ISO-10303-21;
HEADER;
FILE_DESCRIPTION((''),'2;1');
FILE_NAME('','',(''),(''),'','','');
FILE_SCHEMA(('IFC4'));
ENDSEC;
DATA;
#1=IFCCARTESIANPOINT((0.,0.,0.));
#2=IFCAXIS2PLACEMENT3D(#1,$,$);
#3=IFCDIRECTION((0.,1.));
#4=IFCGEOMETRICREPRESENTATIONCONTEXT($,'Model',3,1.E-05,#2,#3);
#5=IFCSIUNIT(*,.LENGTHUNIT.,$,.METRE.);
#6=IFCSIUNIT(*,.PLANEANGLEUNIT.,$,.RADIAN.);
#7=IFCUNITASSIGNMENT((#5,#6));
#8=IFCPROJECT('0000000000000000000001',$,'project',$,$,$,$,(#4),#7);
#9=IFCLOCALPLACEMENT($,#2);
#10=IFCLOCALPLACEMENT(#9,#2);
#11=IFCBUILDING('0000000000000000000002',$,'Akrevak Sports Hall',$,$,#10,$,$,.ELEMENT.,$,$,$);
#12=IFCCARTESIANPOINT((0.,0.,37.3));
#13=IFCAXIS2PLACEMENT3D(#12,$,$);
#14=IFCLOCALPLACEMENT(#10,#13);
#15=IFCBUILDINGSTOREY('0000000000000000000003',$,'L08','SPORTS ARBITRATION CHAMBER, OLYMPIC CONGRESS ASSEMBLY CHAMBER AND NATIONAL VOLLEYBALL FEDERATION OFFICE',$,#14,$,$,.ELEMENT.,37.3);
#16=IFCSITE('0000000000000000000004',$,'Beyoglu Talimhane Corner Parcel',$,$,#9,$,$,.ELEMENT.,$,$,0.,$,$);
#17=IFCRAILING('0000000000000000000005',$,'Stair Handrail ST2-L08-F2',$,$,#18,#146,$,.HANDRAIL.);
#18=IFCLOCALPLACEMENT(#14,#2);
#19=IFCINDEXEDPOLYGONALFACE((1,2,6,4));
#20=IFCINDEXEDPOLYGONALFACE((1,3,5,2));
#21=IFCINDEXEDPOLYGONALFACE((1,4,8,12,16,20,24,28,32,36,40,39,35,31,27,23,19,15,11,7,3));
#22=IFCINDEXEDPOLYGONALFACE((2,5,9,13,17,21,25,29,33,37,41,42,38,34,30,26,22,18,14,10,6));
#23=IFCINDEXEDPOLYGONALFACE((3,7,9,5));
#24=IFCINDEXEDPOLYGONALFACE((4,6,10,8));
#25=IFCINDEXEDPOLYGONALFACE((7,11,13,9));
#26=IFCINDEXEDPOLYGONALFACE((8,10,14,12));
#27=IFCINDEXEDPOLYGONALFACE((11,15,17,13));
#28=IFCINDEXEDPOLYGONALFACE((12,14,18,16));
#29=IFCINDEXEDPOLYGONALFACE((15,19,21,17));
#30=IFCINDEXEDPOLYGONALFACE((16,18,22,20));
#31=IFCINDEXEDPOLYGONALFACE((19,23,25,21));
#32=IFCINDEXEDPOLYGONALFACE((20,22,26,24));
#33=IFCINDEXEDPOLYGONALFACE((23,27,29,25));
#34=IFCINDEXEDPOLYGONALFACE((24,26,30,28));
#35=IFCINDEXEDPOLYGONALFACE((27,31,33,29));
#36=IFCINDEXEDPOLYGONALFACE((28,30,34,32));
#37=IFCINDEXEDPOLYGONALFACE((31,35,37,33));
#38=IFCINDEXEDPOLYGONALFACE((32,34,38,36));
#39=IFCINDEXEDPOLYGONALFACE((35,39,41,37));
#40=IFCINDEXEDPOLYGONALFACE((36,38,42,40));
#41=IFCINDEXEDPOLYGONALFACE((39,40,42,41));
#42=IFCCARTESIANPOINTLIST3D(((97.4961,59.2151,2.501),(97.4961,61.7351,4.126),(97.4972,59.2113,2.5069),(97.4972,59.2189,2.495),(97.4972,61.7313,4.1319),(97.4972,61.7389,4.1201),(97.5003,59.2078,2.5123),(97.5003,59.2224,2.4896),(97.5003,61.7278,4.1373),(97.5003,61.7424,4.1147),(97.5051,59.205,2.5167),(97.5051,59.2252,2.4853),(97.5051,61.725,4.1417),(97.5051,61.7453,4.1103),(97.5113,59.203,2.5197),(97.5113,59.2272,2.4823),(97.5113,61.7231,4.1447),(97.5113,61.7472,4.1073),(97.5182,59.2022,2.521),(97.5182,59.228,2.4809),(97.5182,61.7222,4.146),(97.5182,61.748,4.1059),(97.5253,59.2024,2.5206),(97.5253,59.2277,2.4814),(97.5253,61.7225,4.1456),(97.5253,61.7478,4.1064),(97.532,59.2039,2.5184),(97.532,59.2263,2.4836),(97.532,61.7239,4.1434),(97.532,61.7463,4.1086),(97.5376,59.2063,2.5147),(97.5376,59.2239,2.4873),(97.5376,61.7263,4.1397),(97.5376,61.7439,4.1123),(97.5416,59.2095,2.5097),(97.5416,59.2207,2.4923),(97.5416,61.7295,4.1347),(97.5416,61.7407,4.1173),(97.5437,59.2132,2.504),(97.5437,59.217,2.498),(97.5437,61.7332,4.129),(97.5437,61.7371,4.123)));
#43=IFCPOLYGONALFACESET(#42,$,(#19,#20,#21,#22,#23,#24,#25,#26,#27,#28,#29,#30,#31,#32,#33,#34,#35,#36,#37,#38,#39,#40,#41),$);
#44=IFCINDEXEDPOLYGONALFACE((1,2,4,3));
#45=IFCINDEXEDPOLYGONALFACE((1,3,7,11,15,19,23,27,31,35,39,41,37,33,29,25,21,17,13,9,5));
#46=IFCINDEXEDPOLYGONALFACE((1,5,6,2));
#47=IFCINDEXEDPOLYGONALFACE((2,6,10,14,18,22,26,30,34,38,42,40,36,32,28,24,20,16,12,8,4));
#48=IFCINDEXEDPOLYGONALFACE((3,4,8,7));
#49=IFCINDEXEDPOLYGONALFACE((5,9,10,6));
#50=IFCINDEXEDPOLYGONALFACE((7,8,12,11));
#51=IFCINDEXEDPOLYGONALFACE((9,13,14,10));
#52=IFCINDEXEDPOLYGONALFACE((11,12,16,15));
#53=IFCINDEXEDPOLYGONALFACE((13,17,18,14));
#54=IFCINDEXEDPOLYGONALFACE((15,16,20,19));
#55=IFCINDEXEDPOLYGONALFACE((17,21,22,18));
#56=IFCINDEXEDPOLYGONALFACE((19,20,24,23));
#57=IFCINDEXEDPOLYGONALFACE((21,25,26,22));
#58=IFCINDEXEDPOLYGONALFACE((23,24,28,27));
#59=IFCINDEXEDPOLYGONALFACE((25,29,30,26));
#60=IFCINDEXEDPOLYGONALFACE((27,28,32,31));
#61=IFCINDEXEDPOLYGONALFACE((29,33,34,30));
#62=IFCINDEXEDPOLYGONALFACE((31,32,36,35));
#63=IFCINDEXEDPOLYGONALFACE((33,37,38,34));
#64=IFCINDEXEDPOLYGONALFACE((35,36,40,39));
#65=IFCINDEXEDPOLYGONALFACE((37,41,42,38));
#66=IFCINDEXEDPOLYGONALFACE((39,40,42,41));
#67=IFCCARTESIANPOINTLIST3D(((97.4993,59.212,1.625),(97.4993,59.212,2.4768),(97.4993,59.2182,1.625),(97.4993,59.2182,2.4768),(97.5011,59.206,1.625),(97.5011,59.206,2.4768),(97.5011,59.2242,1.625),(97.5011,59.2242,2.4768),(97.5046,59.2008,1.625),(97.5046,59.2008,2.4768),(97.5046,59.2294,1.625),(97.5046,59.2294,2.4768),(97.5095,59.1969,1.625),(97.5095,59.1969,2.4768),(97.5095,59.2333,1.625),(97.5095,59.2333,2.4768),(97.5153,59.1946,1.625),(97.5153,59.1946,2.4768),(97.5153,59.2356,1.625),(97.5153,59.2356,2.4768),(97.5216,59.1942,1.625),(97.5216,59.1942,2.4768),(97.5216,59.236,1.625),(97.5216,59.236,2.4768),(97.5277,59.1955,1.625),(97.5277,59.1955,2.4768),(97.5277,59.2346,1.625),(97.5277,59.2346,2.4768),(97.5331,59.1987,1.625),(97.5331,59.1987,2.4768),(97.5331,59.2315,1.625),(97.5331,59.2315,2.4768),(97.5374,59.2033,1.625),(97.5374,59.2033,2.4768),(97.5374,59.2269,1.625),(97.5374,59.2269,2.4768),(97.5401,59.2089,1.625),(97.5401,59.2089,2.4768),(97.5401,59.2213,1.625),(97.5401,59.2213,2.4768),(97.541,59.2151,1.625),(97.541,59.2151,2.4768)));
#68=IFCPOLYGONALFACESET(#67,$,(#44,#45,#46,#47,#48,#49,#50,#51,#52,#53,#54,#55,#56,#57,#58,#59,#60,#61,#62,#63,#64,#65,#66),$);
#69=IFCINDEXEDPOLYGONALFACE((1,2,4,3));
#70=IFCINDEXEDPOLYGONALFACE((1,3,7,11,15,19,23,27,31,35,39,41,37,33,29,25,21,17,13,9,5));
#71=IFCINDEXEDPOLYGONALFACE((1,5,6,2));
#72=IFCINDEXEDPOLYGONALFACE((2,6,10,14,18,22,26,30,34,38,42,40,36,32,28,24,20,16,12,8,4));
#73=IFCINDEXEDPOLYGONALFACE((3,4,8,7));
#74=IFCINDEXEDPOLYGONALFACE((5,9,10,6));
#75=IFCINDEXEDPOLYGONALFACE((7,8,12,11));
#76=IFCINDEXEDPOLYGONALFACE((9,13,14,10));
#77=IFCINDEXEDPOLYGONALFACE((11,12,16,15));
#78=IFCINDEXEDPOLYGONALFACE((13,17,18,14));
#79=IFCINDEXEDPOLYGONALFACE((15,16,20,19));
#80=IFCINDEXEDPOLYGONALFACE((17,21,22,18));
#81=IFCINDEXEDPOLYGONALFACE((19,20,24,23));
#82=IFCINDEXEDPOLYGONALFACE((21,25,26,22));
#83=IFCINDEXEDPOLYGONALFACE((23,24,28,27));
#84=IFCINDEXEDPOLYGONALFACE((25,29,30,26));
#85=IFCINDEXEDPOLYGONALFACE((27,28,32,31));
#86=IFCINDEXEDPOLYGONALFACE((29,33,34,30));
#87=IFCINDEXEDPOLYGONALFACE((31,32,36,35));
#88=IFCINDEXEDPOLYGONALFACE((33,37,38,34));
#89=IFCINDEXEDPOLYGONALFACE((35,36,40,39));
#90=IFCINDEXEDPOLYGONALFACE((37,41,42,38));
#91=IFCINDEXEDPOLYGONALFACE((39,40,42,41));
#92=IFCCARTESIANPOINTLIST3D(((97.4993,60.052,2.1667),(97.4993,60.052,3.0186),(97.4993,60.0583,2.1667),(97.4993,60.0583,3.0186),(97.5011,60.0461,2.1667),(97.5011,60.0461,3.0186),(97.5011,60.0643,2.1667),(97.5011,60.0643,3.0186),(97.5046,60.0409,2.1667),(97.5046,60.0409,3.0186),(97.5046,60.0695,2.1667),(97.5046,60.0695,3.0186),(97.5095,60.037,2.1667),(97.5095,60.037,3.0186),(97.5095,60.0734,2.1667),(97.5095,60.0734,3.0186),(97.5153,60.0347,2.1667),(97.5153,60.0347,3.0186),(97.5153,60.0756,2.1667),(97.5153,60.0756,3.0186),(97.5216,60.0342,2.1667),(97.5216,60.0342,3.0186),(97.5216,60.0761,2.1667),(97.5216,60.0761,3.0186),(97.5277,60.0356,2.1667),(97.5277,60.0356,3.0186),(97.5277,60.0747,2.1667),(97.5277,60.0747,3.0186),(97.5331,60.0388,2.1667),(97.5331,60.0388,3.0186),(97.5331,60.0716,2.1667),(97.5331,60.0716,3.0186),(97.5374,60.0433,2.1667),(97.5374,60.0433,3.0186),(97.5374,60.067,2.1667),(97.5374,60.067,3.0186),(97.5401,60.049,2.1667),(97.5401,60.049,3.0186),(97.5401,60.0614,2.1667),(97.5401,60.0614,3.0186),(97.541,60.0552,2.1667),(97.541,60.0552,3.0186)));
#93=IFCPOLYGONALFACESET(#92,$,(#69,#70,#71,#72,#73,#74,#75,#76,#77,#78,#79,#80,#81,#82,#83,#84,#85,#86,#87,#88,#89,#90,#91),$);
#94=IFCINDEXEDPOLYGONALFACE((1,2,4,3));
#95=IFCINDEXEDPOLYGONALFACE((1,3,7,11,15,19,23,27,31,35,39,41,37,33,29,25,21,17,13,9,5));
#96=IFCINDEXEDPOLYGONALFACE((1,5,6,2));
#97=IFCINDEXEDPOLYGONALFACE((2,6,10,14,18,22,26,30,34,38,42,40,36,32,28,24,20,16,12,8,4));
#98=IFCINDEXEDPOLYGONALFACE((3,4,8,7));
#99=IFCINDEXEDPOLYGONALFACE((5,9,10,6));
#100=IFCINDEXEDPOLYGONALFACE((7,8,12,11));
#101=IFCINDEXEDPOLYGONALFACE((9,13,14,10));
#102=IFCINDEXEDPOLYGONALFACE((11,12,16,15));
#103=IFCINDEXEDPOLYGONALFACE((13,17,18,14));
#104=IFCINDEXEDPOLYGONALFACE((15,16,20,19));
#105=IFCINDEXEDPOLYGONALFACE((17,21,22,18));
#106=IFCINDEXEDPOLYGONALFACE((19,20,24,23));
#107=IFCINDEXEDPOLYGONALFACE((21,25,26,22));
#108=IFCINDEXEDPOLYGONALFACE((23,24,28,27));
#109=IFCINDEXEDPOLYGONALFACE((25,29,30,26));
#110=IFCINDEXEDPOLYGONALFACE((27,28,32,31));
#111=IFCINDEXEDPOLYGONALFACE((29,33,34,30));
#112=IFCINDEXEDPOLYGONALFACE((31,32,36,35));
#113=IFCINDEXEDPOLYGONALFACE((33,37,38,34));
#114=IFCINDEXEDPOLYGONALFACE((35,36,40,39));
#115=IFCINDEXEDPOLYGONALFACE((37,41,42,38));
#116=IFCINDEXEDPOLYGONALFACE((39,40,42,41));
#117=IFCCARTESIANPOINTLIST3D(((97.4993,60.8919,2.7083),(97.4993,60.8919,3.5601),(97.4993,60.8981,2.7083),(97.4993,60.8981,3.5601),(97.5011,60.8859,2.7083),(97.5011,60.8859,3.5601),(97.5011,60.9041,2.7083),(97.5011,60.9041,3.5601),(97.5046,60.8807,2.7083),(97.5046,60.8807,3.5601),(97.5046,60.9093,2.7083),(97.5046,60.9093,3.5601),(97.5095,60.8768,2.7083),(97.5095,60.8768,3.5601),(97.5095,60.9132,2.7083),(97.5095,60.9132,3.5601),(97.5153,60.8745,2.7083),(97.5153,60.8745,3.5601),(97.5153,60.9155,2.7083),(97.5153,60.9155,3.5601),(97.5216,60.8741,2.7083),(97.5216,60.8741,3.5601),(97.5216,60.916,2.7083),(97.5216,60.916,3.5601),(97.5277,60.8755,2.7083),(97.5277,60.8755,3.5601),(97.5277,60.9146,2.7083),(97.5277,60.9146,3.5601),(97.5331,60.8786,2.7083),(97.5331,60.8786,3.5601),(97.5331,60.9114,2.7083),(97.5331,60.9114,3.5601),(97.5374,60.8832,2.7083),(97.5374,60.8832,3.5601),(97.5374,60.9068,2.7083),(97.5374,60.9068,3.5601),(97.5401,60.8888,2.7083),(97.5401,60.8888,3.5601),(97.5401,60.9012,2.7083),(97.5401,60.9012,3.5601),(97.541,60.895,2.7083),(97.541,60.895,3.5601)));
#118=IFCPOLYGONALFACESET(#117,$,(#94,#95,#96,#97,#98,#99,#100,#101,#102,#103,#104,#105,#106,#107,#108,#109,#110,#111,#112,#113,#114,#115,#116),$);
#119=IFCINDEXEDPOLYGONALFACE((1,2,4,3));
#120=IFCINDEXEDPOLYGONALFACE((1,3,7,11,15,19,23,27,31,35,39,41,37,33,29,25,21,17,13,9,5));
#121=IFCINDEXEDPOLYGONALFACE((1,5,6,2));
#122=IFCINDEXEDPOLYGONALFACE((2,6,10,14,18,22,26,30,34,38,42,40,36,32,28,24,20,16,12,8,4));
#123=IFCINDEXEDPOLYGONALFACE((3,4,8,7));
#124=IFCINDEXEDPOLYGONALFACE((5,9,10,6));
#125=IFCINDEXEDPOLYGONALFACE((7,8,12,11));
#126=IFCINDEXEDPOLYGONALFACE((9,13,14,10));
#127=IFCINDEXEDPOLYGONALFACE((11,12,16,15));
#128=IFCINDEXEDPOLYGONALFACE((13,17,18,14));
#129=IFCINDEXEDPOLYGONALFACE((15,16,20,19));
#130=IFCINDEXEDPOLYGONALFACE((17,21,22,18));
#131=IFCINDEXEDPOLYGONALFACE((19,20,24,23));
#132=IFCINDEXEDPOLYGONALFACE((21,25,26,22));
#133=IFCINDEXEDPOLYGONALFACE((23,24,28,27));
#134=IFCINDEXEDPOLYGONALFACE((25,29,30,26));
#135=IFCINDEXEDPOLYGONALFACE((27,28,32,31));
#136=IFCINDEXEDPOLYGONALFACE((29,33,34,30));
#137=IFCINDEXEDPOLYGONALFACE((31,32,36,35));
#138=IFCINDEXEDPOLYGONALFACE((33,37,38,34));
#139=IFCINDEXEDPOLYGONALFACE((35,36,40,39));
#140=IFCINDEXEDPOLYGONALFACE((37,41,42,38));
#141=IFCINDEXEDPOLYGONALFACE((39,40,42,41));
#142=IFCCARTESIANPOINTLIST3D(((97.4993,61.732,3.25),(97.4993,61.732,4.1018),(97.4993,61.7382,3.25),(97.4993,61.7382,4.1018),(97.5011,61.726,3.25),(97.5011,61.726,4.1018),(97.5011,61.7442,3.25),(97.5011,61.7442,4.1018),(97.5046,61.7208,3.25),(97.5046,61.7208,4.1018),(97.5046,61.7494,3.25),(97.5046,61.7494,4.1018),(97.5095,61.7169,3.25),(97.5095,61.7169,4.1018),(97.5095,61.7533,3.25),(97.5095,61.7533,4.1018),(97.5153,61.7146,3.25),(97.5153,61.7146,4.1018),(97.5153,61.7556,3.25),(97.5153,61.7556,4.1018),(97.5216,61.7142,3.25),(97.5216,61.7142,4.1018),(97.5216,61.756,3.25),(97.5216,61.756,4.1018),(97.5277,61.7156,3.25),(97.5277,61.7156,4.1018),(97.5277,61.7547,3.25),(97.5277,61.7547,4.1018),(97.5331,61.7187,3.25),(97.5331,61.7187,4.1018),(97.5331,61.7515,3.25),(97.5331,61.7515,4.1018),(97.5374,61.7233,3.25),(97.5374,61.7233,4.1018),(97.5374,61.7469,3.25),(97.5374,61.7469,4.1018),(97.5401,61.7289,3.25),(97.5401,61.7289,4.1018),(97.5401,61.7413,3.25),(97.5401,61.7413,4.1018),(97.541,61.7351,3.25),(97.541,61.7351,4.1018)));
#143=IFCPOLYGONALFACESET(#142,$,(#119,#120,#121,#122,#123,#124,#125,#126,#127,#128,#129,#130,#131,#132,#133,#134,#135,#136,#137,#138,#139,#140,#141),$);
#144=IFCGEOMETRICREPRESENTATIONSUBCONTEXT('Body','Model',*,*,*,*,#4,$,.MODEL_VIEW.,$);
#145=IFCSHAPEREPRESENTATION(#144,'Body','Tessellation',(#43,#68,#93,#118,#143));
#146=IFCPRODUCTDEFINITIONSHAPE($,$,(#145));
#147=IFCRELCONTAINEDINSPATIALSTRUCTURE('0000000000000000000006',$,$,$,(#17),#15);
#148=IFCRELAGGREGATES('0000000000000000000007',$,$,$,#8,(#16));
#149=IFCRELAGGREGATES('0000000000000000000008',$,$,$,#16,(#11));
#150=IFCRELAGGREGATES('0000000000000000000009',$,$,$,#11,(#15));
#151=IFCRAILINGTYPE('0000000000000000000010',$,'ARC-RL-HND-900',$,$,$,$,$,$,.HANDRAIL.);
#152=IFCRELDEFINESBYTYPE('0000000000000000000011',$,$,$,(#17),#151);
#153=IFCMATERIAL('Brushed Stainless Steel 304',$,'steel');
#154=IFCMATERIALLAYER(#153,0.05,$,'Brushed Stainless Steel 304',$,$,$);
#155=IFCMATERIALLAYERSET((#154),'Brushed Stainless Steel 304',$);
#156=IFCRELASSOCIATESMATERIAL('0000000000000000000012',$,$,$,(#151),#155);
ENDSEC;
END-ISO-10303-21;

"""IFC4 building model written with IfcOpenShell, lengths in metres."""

from ifc_helpers import new_model, si_unit, direction, frame, origin, origin_2d, place, context, subcontext, project, spatial, circle, extrude, material, layer, layer_set, type_object, element, save


model = new_model("IFC4")

# Units and contexts
model_context = context("Model", 3, precision=1e-05, world=origin(), true_north=direction((0.0, 1.0)))
body_context = subcontext(model_context, "Body", "Model", "MODEL_VIEW")
ifc_project = project(units=[si_unit("LENGTHUNIT", "METRE"), si_unit("PLANEANGLEUNIT", "RADIAN")], contexts=[model_context])

# Site, building, storey
site_placement = place(None, origin())
site = spatial("IfcSite", under=ifc_project, at=site_placement, Name="Beyoglu Talimhane Corner Parcel", CompositionType="ELEMENT", RefElevation=0.0)
building_placement = place(site_placement, origin())
building = spatial("IfcBuilding", under=site, at=building_placement, Name="Akrevak Sports Hall", CompositionType="ELEMENT")
storey_placement = place(building_placement, frame((0.0, 0.0, 37.3)))
storey = spatial("IfcBuildingStorey", under=building, at=storey_placement, Name="L08", Description="SPORTS ARBITRATION CHAMBER, OLYMPIC CONGRESS ASSEMBLY CHAMBER AND NATIONAL VOLLEYBALL FEDERATION OFFICE", CompositionType="ELEMENT", Elevation=37.3)

# Railing
ifc_material_1 = material(Name="Brushed Stainless Steel 304", Category="steel")
ifc_layer_1 = layer(ifc_material_1, 0.05, Name="Brushed Stainless Steel 304")
ifc_layer_set_1 = layer_set([ifc_layer_1], Name="Brushed Stainless Steel 304")
railing_type_1 = type_object("IfcRailingType", Name="ARC-RL-HND-900", PredefinedType="HANDRAIL", material=ifc_layer_set_1)
railing_1_placement = place(storey_placement, frame((97.52, 59.2151, 1.625)))
element("IfcRailing", 1, at=railing_1_placement, inside=storey, type_object=railing_type_1, Name="Stair Handrail ST2-L08-F2", PredefinedType="HANDRAIL", context=body_context, shape_type="SweptSolid", body=[
    extrude(circle(Radius=0.0239, at=origin_2d()), frame((0.0, 0.0, 0.876), z_axis=(0.0, 0.840421, 0.541934), x_axis=(-1.0, 0.0, 0.0)), (0.0, 0.0, 1.0), 2.9985),
    extrude(circle(Radius=0.021, at=origin_2d()), origin(), (0.0, 0.0, 1.0), 0.8518),
    extrude(circle(Radius=0.021, at=origin_2d()), frame((0.0, 0.8401, 0.5417)), (0.0, 0.0, 1.0), 0.8518),
    extrude(circle(Radius=0.021, at=origin_2d()), frame((0.0, 1.6799, 1.0833)), (0.0, 0.0, 1.0), 0.8518),
    extrude(circle(Radius=0.021, at=origin_2d()), frame((0.0, 2.52, 1.625)), (0.0, 0.0, 1.0), 0.8518),
])

save(model, "model.ifc")
